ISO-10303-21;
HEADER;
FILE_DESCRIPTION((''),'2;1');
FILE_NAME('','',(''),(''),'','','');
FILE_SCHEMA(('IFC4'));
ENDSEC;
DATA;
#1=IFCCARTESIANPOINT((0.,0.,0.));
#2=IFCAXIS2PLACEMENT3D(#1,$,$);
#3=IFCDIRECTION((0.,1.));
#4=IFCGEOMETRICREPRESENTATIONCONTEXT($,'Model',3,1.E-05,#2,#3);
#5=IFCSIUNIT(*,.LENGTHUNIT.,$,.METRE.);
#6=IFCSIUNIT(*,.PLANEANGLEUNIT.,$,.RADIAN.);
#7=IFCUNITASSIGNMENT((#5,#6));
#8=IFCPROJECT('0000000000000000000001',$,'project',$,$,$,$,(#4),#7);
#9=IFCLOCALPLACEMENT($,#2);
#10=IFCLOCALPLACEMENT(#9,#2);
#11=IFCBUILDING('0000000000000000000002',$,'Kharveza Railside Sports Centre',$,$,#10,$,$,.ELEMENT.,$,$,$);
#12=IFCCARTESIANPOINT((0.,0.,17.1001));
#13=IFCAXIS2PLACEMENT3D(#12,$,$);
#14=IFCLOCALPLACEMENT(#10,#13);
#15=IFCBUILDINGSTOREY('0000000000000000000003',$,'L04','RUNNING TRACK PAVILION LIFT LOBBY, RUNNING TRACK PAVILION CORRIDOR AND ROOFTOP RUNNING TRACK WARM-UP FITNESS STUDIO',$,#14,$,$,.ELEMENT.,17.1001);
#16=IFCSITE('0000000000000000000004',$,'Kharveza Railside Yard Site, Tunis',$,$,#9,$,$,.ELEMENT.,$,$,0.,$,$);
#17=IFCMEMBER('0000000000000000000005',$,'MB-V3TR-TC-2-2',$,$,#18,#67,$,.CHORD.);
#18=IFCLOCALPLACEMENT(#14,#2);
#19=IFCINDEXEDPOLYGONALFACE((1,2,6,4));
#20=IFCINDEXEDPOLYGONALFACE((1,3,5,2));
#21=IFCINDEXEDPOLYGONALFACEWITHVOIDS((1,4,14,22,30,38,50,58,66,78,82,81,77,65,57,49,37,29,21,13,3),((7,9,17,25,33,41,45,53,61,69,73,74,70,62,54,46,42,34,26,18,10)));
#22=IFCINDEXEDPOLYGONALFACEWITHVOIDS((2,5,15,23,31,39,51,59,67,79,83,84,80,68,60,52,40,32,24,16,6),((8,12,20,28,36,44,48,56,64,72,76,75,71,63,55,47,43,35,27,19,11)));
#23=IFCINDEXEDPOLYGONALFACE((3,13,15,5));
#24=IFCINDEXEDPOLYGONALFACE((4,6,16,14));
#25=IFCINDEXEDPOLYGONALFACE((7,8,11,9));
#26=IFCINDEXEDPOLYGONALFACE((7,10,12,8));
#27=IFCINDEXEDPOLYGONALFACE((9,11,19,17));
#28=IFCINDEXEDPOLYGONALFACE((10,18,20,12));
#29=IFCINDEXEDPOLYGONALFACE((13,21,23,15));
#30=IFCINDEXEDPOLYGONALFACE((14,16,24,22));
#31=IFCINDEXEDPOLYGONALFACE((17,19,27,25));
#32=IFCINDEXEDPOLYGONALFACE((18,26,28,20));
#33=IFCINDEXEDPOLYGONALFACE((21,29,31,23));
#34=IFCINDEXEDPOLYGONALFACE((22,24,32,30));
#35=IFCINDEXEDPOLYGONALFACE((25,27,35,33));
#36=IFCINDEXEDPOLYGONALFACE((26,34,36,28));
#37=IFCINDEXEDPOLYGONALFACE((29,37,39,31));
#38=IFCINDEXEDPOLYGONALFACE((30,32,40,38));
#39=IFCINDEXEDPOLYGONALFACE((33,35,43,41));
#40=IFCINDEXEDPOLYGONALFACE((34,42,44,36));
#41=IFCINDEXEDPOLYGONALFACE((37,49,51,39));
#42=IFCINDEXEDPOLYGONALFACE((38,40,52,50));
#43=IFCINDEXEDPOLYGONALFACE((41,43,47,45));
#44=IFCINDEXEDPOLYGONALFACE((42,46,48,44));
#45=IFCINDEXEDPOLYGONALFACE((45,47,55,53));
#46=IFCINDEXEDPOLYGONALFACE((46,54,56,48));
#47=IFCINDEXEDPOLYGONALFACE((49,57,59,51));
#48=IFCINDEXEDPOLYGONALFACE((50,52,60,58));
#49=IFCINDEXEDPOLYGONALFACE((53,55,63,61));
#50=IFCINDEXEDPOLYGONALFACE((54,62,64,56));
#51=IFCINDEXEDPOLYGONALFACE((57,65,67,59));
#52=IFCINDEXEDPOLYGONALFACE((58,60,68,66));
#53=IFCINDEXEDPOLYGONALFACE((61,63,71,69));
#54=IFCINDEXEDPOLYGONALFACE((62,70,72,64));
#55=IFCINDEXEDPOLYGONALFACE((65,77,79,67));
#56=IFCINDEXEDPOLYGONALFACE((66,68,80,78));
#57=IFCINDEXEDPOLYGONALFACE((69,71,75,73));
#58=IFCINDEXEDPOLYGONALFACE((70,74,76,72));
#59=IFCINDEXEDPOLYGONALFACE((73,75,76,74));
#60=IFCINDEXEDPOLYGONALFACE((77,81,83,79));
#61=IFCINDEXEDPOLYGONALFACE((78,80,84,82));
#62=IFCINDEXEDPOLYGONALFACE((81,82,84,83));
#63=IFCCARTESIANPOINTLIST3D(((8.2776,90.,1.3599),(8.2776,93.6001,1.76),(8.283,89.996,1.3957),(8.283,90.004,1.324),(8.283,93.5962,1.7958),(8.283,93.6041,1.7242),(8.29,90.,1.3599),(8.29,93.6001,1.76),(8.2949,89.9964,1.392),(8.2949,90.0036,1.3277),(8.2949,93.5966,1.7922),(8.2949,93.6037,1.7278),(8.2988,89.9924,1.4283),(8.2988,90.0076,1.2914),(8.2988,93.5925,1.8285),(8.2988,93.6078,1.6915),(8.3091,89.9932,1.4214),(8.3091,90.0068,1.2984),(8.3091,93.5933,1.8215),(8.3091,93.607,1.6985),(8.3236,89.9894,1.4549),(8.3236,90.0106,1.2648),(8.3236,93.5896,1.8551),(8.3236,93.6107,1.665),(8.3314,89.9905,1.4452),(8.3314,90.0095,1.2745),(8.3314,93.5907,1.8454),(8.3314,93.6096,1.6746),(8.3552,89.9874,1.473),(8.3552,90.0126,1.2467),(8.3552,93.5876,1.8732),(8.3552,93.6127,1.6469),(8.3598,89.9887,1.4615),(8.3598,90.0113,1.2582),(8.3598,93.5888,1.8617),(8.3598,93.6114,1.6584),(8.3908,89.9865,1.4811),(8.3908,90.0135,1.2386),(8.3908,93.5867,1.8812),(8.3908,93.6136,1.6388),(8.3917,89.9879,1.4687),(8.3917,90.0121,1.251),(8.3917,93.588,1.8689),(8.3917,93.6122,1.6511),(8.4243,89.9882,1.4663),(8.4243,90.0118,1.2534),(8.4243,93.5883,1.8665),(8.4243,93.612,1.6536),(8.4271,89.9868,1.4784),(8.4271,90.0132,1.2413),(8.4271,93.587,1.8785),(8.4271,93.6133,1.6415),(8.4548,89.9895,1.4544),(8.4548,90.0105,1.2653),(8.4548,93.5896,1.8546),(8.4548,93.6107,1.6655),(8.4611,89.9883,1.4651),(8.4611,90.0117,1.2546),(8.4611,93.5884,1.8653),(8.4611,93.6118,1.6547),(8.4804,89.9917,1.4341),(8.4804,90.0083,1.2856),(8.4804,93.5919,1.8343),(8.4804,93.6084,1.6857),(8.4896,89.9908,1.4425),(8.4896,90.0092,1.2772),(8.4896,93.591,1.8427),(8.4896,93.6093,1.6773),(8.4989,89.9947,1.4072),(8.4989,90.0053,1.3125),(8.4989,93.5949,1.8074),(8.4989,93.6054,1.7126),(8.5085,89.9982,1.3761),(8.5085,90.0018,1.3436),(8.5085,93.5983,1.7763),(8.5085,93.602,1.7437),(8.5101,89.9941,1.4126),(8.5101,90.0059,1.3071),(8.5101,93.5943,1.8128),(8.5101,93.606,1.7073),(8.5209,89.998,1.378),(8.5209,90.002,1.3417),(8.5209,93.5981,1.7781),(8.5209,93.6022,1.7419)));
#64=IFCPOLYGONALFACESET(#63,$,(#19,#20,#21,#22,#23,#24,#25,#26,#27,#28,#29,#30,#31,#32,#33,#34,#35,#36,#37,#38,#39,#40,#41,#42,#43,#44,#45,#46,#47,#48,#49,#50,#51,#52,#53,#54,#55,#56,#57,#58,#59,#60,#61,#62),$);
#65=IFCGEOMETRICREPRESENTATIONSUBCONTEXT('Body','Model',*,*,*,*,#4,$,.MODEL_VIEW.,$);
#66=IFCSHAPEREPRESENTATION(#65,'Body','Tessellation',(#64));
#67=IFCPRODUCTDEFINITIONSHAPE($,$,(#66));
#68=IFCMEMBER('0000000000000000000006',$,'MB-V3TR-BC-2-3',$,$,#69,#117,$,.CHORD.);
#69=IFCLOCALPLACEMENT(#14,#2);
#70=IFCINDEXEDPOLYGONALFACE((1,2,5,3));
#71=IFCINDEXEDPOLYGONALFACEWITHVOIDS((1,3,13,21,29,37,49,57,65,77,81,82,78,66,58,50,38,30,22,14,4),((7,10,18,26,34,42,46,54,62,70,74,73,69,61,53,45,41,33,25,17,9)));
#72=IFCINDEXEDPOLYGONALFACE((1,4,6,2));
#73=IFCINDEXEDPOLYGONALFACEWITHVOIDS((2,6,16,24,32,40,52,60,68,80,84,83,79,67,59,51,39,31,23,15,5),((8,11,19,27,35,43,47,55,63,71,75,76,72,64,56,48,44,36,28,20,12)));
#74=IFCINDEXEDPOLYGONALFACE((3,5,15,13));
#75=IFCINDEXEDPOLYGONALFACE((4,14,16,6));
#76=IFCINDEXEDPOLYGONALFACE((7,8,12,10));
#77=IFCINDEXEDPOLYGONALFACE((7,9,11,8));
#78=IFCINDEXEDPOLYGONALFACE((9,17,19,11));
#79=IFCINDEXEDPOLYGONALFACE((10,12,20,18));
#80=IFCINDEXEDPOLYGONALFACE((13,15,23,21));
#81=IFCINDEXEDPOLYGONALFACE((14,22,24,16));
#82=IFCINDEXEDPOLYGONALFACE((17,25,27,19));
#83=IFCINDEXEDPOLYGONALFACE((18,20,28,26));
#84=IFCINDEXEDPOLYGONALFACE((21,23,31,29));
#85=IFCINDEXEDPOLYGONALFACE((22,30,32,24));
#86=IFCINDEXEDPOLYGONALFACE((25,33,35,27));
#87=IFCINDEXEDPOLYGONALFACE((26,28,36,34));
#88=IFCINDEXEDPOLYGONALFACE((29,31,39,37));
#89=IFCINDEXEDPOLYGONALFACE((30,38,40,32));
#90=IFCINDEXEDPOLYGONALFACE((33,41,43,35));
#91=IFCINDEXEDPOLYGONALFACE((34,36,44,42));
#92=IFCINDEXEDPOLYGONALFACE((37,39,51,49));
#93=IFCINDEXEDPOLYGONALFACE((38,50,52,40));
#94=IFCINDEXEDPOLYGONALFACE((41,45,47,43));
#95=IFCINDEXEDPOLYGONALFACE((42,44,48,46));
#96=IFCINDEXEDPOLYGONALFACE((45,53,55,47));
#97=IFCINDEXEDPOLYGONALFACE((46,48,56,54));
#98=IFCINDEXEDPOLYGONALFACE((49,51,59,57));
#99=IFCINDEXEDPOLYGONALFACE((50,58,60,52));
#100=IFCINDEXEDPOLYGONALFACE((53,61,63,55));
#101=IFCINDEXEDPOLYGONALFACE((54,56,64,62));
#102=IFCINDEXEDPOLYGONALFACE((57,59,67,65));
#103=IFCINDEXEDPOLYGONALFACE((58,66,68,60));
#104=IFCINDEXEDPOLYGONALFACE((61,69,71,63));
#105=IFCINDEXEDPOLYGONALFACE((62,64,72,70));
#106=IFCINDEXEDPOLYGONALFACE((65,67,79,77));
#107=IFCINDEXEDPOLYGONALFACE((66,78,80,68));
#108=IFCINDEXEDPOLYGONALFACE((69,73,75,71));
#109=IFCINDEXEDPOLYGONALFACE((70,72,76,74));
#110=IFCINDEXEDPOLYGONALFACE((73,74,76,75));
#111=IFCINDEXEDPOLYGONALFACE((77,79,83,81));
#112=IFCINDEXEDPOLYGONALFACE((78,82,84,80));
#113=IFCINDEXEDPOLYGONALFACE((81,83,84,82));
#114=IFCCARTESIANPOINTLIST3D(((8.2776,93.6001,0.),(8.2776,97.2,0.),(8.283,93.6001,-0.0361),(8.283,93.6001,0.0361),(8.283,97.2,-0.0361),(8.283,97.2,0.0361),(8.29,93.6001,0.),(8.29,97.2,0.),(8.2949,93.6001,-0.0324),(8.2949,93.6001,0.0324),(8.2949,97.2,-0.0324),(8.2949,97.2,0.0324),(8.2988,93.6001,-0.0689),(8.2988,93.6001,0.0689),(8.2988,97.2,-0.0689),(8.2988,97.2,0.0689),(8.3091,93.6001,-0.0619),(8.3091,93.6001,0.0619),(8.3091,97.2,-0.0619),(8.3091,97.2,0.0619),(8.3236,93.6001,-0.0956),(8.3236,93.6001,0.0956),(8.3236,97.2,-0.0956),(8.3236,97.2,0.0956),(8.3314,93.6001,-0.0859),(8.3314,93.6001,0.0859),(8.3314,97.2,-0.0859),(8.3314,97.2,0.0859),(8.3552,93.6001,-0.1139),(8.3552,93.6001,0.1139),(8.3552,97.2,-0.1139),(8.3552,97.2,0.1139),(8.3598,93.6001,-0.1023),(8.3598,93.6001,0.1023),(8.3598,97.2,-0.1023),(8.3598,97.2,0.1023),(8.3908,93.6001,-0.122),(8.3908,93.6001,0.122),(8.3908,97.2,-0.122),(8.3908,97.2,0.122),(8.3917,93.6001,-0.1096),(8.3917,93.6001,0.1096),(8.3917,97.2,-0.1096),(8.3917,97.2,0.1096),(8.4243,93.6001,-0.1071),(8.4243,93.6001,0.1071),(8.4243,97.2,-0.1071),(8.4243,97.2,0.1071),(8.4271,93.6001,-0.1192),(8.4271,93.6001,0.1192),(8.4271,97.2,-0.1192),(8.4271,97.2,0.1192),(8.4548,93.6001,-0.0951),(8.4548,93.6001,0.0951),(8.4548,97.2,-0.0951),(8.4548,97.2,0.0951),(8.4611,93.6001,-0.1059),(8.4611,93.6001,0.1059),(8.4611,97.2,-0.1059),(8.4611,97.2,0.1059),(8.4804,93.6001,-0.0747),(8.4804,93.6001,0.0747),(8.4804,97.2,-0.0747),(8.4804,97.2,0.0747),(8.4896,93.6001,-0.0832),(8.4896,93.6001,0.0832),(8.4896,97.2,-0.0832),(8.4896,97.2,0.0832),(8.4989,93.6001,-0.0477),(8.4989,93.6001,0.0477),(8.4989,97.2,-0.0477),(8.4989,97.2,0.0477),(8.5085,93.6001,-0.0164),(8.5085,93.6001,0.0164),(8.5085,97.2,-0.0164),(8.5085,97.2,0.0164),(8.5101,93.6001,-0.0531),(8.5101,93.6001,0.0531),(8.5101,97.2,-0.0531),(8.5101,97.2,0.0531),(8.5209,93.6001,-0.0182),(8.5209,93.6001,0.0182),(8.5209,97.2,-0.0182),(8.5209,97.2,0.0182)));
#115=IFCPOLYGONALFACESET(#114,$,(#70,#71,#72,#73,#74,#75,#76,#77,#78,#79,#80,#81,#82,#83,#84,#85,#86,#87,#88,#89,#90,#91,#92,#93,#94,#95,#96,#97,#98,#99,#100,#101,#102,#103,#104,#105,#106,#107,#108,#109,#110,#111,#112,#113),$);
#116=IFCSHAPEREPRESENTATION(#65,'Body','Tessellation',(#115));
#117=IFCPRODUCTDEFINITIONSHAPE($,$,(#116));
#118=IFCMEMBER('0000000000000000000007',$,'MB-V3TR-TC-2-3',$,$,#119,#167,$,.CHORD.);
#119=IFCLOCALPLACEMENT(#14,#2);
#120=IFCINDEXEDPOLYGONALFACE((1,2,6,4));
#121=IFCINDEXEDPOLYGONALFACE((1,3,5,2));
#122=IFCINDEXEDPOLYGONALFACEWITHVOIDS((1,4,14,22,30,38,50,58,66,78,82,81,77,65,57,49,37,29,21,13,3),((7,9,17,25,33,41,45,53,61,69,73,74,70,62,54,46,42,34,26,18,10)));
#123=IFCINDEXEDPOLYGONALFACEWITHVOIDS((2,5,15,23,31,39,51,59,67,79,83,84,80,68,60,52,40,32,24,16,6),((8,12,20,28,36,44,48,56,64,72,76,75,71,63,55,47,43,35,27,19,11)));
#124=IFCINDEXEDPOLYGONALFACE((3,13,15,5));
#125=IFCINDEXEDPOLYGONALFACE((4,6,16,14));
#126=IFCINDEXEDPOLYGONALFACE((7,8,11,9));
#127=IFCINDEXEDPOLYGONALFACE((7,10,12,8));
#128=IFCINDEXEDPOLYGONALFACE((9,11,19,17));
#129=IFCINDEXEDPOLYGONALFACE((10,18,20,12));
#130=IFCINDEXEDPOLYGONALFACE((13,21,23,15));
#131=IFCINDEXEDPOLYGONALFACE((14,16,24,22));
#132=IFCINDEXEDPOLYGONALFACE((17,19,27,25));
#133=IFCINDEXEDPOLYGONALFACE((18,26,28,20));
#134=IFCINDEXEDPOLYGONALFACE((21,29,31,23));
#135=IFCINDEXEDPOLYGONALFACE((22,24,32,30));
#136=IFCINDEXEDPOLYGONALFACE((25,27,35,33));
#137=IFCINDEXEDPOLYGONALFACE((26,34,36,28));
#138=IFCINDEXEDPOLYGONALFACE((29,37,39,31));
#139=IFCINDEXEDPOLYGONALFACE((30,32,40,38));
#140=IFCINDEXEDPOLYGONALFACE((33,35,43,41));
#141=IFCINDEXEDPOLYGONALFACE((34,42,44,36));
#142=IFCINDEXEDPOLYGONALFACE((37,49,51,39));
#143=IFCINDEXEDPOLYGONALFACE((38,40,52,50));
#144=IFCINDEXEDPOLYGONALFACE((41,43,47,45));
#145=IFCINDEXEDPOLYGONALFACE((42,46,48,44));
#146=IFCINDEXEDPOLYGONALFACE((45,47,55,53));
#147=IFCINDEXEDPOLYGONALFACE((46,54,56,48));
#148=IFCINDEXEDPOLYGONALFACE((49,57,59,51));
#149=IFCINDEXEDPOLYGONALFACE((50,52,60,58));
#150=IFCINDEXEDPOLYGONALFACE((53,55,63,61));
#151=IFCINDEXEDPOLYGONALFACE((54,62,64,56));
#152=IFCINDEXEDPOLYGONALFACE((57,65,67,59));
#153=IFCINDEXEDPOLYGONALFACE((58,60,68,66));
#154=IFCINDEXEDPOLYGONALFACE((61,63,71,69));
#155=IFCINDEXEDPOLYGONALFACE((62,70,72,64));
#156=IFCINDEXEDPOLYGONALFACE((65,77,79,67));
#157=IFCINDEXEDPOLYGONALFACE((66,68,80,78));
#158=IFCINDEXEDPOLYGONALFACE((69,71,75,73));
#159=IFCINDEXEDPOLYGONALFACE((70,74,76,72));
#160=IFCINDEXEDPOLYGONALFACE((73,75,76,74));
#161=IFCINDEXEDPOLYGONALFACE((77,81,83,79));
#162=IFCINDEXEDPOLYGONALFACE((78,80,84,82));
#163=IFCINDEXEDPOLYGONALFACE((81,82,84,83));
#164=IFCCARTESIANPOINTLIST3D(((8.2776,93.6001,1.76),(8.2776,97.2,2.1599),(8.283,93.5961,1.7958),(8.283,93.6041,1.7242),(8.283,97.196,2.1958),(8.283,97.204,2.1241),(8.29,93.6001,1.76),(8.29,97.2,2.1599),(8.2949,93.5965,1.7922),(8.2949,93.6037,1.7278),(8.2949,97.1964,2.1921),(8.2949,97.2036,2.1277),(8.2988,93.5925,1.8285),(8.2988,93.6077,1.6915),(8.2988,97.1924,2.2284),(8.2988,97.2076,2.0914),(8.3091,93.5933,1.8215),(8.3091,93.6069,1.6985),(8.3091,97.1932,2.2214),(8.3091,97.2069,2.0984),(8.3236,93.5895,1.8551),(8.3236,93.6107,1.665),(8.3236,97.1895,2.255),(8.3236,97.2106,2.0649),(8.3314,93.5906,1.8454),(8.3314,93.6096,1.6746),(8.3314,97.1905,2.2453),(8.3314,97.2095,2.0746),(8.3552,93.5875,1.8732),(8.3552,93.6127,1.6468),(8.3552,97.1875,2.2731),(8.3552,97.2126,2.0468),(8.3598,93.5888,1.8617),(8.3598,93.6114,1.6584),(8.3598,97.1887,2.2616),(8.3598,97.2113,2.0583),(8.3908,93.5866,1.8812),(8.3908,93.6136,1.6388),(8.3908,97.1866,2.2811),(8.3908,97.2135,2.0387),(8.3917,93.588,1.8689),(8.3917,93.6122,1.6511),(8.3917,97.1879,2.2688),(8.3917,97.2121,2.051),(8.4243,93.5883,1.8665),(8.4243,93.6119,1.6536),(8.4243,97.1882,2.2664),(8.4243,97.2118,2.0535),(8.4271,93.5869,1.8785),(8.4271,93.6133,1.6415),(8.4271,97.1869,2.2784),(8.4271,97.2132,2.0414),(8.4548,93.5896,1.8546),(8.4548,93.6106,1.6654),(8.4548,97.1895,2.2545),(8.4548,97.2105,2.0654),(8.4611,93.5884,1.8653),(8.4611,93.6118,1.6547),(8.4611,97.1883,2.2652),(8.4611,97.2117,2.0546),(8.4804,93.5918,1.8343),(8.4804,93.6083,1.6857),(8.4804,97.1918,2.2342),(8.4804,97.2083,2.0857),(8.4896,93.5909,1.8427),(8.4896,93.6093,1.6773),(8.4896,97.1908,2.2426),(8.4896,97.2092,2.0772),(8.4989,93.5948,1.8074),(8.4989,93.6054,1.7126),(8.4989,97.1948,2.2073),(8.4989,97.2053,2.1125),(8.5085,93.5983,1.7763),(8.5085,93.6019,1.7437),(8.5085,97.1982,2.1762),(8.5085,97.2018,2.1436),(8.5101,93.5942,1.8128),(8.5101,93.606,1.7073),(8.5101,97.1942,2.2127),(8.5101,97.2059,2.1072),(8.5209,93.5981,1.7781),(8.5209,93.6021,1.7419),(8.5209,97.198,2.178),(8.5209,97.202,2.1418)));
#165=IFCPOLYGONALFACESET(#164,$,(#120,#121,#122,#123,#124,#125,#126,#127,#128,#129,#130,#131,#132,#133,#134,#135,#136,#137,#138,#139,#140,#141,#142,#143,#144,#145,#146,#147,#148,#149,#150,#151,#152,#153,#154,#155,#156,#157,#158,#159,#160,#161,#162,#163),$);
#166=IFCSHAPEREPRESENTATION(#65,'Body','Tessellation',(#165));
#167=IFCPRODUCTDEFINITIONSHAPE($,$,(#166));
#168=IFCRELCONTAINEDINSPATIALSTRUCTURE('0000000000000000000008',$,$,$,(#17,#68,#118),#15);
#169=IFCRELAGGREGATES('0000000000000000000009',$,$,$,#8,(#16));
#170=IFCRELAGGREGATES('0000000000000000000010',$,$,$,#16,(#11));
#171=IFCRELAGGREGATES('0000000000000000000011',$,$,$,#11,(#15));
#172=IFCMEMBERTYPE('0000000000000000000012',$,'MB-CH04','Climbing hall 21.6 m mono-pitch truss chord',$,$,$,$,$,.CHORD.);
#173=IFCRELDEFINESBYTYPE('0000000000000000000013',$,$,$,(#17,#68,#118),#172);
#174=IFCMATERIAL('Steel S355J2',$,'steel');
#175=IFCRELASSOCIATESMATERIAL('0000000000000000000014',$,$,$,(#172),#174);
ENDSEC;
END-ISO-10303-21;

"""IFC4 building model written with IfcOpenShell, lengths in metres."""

from ifc_helpers import new_model, si_unit, direction, frame, origin, origin_2d, place, context, subcontext, project, spatial, hollow_circle, extrude, material, material_profile, profile_set, type_object, element, save


model = new_model("IFC4")

# Units and contexts
model_context = context("Model", 3, precision=1e-05, world=origin(), true_north=direction((0.0, 1.0)))
body_context = subcontext(model_context, "Body", "Model", "MODEL_VIEW")
ifc_project = project(units=[si_unit("LENGTHUNIT", "METRE"), si_unit("PLANEANGLEUNIT", "RADIAN")], contexts=[model_context])

# Site, building, storey
site_placement = place(None, origin())
site = spatial("IfcSite", under=ifc_project, at=site_placement, Name="Kharveza Railside Yard Site, Tunis", CompositionType="ELEMENT", RefElevation=0.0)
building_placement = place(site_placement, origin())
building = spatial("IfcBuilding", under=site, at=building_placement, Name="Kharveza Railside Sports Centre", CompositionType="ELEMENT")
storey_placement = place(building_placement, frame((0.0, 0.0, 17.1001)))
storey = spatial("IfcBuildingStorey", under=building, at=storey_placement, Name="L04", Description="RUNNING TRACK PAVILION LIFT LOBBY, RUNNING TRACK PAVILION CORRIDOR AND ROOFTOP RUNNING TRACK WARM-UP FITNESS STUDIO", CompositionType="ELEMENT", Elevation=17.1001)

# Members
ifc_material_1 = material(Name="Steel S355J2", Category="steel")
ifc_material_profile_1 = material_profile(ifc_material_1, hollow_circle(Radius=0.1223, WallThickness=0.0125, at=origin_2d()), Name="CHS 244.5x12.5")
ifc_profile_set_1 = profile_set([ifc_material_profile_1], Name="Steel S355J2")
member_type_1 = type_object("IfcMemberType", Name="MB-CH04", Description="Climbing hall 21.6 m mono-pitch truss chord", PredefinedType="CHORD", material=ifc_profile_set_1)
member_1_placement = place(storey_placement, frame((8.3999, 90.0, 1.3599), z_axis=(0.0, 0.99388, 0.110469), x_axis=(-1.0, 0.0, 0.0)))
element("IfcMember", 1, at=member_1_placement, inside=storey, type_object=member_type_1, Name="MB-V3TR-TC-2-2", PredefinedType="CHORD", context=body_context, shape_type="SweptSolid", body=[
    extrude(hollow_circle(Radius=0.1223, WallThickness=0.0125, at=origin_2d()), origin(), (0.0, 0.0, 1.0), 3.6223),
])
member_2_placement = place(storey_placement, frame((8.3999, 93.6001, 0.0), z_axis=(0.0, 1.0, 0.0), x_axis=(-1.0, 0.0, 0.0)))
element("IfcMember", 2, at=member_2_placement, inside=storey, type_object=member_type_1, Name="MB-V3TR-BC-2-3", PredefinedType="CHORD", context=body_context, shape_type="SweptSolid", body=[
    extrude(hollow_circle(Radius=0.1223, WallThickness=0.0125, at=origin_2d()), origin(), (0.0, 0.0, 1.0), 3.5999),
])
member_3_placement = place(storey_placement, frame((8.3999, 93.6001, 1.76), z_axis=(0.0, 0.993886, 0.110409), x_axis=(-1.0, 0.0, 0.0)))
element("IfcMember", 3, at=member_3_placement, inside=storey, type_object=member_type_1, Name="MB-V3TR-TC-2-3", PredefinedType="CHORD", context=body_context, shape_type="SweptSolid", body=[
    extrude(hollow_circle(Radius=0.1223, WallThickness=0.0125, at=origin_2d()), origin(), (0.0, 0.0, 1.0), 3.6221),
])

save(model, "model.ifc")
